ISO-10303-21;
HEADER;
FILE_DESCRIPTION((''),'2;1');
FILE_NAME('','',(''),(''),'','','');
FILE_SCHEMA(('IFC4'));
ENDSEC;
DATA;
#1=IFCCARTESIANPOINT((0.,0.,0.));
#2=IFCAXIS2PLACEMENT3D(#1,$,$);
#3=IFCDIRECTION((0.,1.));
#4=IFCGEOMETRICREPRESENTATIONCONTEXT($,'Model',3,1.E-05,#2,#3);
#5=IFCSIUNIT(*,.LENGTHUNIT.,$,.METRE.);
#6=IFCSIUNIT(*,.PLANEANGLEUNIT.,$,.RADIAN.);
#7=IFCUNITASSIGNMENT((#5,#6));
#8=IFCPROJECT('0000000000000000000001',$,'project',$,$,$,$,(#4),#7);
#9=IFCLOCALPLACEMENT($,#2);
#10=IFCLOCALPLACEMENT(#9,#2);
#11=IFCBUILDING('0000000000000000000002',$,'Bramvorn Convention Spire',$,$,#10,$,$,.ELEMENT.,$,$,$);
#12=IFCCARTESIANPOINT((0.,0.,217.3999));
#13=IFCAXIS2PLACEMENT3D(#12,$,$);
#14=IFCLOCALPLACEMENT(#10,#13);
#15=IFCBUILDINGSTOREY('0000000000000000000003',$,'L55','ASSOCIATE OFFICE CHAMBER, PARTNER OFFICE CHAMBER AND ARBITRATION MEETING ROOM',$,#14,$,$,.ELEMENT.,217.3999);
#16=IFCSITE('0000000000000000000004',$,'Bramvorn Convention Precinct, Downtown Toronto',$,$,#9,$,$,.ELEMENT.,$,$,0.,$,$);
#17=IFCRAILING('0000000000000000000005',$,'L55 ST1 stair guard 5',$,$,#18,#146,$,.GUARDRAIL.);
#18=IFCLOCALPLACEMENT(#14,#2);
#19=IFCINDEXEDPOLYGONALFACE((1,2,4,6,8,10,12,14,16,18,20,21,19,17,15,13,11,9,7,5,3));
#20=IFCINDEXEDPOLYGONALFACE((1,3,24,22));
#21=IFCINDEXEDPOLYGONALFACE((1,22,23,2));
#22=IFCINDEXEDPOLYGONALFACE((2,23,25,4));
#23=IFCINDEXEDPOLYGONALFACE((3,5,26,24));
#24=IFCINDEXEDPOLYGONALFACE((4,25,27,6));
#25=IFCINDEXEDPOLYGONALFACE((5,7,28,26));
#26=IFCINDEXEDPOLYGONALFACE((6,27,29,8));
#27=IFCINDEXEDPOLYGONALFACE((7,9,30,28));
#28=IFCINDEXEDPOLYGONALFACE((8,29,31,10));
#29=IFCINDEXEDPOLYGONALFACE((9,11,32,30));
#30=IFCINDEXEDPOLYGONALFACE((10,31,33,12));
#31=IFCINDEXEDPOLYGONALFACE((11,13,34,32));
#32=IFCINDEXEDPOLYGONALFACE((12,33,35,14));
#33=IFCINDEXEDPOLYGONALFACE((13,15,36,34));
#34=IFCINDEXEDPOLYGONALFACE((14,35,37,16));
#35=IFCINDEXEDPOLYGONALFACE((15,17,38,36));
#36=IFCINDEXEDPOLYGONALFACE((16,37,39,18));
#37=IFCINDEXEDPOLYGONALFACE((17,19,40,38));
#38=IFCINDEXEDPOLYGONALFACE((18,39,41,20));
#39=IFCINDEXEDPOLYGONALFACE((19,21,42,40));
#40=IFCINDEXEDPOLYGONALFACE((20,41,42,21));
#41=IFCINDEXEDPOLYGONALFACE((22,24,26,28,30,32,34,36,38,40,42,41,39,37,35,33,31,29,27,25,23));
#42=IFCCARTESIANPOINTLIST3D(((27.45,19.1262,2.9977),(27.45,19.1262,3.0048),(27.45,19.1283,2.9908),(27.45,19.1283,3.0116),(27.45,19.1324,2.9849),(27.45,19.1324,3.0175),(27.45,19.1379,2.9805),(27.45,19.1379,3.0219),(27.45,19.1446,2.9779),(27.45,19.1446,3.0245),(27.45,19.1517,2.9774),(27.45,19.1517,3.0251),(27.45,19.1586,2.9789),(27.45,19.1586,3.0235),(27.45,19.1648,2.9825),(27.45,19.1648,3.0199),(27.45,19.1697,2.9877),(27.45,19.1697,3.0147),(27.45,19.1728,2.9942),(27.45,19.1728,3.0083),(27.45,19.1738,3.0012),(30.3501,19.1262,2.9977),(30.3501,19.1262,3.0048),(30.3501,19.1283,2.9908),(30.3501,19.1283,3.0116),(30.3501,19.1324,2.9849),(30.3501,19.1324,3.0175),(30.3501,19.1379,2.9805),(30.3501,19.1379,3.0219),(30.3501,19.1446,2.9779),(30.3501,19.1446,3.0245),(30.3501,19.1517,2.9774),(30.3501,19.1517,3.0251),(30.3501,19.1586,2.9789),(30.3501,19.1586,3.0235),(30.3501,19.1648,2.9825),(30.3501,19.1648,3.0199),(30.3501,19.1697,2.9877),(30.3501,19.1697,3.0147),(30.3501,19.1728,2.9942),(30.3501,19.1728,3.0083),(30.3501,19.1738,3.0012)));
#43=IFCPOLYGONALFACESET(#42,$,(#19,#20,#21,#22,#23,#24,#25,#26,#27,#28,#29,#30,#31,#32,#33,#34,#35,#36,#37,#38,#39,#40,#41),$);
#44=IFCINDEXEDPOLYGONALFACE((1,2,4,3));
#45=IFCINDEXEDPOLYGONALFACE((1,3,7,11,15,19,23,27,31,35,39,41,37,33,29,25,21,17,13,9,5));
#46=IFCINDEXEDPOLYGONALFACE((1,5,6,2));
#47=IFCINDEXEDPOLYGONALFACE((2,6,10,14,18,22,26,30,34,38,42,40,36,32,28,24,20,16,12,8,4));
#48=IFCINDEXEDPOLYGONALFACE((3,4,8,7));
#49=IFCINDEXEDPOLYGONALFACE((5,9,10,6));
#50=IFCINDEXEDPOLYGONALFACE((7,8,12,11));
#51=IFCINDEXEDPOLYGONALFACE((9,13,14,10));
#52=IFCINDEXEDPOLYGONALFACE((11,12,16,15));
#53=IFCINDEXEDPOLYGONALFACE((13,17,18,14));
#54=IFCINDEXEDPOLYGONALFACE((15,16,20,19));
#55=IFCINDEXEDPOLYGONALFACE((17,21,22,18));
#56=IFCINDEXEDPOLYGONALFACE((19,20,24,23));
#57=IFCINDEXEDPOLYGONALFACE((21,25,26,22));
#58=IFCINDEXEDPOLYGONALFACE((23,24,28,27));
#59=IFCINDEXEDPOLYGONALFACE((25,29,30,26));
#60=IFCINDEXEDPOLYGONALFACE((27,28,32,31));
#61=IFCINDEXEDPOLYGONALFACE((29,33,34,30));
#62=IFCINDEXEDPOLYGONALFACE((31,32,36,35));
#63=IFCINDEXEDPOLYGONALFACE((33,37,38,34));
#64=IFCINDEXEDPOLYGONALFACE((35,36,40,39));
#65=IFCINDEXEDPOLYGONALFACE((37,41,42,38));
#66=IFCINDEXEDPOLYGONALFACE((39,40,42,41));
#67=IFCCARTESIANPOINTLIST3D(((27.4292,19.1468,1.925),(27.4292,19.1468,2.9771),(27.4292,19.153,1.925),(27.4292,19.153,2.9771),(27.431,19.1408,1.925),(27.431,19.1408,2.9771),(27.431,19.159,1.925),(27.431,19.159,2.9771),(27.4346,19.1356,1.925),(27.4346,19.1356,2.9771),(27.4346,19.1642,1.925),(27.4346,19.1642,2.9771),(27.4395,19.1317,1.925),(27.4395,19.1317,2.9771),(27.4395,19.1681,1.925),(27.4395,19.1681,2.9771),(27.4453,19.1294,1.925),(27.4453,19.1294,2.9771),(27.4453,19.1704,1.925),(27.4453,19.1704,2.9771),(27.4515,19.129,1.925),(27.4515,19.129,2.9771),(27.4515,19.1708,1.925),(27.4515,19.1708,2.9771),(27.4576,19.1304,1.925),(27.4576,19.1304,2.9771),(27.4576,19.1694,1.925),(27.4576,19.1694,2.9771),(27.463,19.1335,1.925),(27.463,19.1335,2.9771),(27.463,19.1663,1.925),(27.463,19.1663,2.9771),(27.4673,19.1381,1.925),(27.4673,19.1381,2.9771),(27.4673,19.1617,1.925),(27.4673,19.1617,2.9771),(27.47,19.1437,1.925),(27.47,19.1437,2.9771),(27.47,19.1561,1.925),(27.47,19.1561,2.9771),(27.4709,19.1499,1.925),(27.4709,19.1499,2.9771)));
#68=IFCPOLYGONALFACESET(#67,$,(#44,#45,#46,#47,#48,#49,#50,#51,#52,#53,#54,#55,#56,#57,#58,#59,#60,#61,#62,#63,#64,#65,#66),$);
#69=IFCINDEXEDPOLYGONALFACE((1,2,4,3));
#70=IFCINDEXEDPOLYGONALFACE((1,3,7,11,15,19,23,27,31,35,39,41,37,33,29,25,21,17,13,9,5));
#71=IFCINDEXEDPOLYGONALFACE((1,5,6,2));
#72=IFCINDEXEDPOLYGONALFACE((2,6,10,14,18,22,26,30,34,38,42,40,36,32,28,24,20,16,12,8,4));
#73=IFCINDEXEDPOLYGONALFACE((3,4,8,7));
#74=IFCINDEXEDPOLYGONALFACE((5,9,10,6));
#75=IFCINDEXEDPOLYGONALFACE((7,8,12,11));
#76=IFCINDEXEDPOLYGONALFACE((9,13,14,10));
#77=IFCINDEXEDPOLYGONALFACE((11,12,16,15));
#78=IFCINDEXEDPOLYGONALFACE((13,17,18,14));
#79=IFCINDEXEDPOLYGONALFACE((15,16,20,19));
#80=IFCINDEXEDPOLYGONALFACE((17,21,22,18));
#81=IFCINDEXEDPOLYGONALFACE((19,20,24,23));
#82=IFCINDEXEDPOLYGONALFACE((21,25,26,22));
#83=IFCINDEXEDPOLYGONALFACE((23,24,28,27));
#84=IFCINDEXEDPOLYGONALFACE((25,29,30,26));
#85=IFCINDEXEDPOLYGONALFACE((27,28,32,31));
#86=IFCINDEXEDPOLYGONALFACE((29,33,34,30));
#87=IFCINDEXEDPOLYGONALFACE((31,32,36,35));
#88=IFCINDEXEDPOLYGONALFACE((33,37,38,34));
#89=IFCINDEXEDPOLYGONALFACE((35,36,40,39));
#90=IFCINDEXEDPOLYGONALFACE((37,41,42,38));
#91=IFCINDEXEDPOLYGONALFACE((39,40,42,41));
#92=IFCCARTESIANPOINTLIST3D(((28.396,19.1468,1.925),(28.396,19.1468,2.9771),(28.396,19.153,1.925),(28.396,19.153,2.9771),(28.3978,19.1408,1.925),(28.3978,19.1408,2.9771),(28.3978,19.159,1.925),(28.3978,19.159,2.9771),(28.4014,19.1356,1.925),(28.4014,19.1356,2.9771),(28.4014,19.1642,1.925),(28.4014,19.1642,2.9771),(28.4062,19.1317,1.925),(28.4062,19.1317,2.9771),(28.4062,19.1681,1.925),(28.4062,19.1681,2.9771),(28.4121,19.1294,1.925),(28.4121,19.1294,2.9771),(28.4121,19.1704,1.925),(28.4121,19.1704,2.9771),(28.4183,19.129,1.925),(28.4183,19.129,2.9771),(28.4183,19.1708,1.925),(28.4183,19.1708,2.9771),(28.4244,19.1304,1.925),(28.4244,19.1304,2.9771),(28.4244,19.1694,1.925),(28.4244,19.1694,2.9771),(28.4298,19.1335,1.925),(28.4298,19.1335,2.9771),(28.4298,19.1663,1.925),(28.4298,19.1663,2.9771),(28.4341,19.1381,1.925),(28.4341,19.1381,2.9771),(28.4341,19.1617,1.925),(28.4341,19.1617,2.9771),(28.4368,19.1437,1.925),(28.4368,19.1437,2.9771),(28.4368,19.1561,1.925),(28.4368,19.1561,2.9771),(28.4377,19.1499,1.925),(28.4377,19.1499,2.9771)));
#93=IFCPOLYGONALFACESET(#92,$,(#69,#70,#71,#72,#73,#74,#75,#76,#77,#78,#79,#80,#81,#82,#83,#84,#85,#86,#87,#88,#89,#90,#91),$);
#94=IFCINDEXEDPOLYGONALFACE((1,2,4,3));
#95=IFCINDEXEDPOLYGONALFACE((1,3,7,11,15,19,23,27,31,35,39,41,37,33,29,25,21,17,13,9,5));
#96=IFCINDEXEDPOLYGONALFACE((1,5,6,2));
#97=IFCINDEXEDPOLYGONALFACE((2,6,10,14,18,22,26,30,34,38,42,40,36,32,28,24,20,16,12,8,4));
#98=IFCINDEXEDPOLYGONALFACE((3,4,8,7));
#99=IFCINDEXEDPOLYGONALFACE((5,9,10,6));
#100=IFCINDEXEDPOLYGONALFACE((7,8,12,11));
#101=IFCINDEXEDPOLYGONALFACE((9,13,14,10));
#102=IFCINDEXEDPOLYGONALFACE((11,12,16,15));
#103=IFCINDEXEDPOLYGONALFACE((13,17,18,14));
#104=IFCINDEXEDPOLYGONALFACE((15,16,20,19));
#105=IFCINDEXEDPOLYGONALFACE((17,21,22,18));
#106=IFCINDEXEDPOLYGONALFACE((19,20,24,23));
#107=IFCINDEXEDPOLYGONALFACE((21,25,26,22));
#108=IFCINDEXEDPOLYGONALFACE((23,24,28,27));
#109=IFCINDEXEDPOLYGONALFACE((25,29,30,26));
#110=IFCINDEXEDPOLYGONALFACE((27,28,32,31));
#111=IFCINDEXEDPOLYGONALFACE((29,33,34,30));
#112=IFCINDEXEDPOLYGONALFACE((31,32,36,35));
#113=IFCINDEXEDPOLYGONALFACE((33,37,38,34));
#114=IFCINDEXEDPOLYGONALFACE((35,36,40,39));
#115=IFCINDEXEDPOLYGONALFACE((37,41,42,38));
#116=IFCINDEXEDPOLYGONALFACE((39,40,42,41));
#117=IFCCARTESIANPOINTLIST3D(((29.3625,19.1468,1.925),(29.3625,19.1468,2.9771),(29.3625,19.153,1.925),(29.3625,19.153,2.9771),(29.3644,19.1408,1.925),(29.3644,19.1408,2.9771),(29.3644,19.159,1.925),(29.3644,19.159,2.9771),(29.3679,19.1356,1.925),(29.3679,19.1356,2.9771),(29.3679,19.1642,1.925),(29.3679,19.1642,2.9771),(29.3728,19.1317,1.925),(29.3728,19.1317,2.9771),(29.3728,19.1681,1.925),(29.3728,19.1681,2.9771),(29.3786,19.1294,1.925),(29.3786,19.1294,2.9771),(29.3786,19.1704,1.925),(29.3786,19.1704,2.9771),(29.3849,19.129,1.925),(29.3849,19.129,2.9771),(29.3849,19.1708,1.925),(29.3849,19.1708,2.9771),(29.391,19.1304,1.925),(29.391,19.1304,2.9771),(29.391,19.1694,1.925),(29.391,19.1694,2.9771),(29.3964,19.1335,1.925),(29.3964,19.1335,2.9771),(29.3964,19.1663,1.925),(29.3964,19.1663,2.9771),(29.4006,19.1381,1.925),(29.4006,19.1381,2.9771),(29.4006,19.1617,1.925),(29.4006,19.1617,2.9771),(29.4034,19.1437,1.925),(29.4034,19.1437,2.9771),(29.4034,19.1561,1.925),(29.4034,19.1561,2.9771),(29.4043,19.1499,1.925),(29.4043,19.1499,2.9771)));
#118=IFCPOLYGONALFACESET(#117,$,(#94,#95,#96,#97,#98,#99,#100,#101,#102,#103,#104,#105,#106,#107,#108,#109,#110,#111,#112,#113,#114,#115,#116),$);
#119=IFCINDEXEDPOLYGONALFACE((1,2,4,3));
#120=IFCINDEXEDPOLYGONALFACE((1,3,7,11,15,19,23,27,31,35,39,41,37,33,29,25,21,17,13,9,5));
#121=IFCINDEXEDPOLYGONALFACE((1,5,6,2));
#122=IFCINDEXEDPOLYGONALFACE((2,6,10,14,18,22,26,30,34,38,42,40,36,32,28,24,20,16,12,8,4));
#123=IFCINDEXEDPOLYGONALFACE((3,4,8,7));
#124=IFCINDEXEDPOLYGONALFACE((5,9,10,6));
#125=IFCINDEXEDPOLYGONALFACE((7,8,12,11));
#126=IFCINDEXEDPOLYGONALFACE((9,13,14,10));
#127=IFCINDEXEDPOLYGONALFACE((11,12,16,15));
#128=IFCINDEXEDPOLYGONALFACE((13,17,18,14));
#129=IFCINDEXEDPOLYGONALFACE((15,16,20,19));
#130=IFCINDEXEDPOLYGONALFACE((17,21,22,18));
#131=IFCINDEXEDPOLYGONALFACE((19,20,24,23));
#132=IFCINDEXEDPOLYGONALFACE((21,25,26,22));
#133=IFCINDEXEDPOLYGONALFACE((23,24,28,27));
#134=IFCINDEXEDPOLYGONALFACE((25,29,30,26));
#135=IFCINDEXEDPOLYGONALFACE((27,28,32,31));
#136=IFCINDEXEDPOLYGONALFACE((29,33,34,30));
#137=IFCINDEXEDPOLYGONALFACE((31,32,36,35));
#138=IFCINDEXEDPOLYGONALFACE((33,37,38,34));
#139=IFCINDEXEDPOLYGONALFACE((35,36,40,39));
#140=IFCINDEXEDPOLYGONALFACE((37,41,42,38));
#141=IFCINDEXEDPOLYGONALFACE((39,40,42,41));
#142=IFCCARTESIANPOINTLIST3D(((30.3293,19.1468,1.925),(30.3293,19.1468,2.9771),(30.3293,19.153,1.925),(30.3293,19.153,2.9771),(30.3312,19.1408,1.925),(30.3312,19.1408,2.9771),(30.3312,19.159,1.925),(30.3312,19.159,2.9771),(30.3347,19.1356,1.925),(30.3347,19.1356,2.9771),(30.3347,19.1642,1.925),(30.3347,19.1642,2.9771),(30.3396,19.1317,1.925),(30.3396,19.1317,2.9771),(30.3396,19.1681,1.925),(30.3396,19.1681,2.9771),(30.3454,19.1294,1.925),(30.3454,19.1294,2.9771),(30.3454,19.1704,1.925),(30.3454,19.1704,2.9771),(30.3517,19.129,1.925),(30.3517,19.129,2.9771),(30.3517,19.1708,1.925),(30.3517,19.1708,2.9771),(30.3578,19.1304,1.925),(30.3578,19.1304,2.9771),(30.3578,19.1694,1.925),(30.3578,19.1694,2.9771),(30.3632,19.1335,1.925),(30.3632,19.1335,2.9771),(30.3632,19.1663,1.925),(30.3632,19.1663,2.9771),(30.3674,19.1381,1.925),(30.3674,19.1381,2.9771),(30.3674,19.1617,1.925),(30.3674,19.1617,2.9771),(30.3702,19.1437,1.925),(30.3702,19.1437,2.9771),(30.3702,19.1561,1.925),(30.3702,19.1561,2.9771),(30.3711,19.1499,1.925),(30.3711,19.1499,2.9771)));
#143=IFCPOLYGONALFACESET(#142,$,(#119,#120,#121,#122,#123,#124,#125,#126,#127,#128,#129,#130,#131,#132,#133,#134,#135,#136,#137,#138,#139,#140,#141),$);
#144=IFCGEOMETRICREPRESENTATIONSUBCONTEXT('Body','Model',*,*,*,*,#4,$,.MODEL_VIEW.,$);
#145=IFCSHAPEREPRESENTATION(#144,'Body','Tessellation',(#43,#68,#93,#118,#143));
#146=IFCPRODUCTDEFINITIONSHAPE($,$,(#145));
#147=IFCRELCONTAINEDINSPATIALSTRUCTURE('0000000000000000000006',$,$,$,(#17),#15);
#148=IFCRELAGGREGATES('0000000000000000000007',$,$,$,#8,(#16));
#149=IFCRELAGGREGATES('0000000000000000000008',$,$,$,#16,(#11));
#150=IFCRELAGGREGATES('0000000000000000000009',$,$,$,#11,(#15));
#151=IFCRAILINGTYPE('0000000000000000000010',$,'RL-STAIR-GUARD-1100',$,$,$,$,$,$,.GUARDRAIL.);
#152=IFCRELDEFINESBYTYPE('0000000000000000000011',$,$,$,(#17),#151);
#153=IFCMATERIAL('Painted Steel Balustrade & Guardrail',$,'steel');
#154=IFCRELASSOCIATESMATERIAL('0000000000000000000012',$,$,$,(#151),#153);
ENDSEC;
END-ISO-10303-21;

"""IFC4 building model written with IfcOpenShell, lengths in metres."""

from ifc_helpers import new_model, si_unit, direction, frame, origin, origin_2d, place, context, subcontext, project, spatial, circle, extrude, material, type_object, element, save


model = new_model("IFC4")

# Units and contexts
model_context = context("Model", 3, precision=1e-05, world=origin(), true_north=direction((0.0, 1.0)))
body_context = subcontext(model_context, "Body", "Model", "MODEL_VIEW")
ifc_project = project(units=[si_unit("LENGTHUNIT", "METRE"), si_unit("PLANEANGLEUNIT", "RADIAN")], contexts=[model_context])

# Site, building, storey
site_placement = place(None, origin())
site = spatial("IfcSite", under=ifc_project, at=site_placement, Name="Bramvorn Convention Precinct, Downtown Toronto", CompositionType="ELEMENT", RefElevation=0.0)
building_placement = place(site_placement, origin())
building = spatial("IfcBuilding", under=site, at=building_placement, Name="Bramvorn Convention Spire", CompositionType="ELEMENT")
storey_placement = place(building_placement, frame((0.0, 0.0, 217.3999)))
storey = spatial("IfcBuildingStorey", under=building, at=storey_placement, Name="L55", Description="ASSOCIATE OFFICE CHAMBER, PARTNER OFFICE CHAMBER AND ARBITRATION MEETING ROOM", CompositionType="ELEMENT", Elevation=217.3999)

# Railing
ifc_material_1 = material(Name="Painted Steel Balustrade & Guardrail", Category="steel")
railing_type_1 = type_object("IfcRailingType", Name="RL-STAIR-GUARD-1100", PredefinedType="GUARDRAIL", material=ifc_material_1)
railing_1_placement = place(storey_placement, frame((27.45, 19.1499, 1.925)))
element("IfcRailing", 1, at=railing_1_placement, inside=storey, type_object=railing_type_1, Name="L55 ST1 stair guard 5", PredefinedType="GUARDRAIL", context=body_context, shape_type="SweptSolid", body=[
    extrude(circle(Radius=0.0239, at=origin_2d()), frame((0.0, 0.0, 1.0762), z_axis=(1.0, 0.0, 0.0), x_axis=(0.0, 1.0, 0.0)), (0.0, 0.0, 1.0), 2.9001),
    extrude(circle(Radius=0.021, at=origin_2d()), origin(), (0.0, 0.0, 1.0), 1.052),
    extrude(circle(Radius=0.021, at=origin_2d()), frame((0.9668, 0.0, 0.0)), (0.0, 0.0, 1.0), 1.052),
    extrude(circle(Radius=0.021, at=origin_2d()), frame((1.9333, 0.0, 0.0)), (0.0, 0.0, 1.0), 1.052),
    extrude(circle(Radius=0.021, at=origin_2d()), frame((2.9001, 0.0, 0.0)), (0.0, 0.0, 1.0), 1.052),
])

save(model, "model.ifc")
